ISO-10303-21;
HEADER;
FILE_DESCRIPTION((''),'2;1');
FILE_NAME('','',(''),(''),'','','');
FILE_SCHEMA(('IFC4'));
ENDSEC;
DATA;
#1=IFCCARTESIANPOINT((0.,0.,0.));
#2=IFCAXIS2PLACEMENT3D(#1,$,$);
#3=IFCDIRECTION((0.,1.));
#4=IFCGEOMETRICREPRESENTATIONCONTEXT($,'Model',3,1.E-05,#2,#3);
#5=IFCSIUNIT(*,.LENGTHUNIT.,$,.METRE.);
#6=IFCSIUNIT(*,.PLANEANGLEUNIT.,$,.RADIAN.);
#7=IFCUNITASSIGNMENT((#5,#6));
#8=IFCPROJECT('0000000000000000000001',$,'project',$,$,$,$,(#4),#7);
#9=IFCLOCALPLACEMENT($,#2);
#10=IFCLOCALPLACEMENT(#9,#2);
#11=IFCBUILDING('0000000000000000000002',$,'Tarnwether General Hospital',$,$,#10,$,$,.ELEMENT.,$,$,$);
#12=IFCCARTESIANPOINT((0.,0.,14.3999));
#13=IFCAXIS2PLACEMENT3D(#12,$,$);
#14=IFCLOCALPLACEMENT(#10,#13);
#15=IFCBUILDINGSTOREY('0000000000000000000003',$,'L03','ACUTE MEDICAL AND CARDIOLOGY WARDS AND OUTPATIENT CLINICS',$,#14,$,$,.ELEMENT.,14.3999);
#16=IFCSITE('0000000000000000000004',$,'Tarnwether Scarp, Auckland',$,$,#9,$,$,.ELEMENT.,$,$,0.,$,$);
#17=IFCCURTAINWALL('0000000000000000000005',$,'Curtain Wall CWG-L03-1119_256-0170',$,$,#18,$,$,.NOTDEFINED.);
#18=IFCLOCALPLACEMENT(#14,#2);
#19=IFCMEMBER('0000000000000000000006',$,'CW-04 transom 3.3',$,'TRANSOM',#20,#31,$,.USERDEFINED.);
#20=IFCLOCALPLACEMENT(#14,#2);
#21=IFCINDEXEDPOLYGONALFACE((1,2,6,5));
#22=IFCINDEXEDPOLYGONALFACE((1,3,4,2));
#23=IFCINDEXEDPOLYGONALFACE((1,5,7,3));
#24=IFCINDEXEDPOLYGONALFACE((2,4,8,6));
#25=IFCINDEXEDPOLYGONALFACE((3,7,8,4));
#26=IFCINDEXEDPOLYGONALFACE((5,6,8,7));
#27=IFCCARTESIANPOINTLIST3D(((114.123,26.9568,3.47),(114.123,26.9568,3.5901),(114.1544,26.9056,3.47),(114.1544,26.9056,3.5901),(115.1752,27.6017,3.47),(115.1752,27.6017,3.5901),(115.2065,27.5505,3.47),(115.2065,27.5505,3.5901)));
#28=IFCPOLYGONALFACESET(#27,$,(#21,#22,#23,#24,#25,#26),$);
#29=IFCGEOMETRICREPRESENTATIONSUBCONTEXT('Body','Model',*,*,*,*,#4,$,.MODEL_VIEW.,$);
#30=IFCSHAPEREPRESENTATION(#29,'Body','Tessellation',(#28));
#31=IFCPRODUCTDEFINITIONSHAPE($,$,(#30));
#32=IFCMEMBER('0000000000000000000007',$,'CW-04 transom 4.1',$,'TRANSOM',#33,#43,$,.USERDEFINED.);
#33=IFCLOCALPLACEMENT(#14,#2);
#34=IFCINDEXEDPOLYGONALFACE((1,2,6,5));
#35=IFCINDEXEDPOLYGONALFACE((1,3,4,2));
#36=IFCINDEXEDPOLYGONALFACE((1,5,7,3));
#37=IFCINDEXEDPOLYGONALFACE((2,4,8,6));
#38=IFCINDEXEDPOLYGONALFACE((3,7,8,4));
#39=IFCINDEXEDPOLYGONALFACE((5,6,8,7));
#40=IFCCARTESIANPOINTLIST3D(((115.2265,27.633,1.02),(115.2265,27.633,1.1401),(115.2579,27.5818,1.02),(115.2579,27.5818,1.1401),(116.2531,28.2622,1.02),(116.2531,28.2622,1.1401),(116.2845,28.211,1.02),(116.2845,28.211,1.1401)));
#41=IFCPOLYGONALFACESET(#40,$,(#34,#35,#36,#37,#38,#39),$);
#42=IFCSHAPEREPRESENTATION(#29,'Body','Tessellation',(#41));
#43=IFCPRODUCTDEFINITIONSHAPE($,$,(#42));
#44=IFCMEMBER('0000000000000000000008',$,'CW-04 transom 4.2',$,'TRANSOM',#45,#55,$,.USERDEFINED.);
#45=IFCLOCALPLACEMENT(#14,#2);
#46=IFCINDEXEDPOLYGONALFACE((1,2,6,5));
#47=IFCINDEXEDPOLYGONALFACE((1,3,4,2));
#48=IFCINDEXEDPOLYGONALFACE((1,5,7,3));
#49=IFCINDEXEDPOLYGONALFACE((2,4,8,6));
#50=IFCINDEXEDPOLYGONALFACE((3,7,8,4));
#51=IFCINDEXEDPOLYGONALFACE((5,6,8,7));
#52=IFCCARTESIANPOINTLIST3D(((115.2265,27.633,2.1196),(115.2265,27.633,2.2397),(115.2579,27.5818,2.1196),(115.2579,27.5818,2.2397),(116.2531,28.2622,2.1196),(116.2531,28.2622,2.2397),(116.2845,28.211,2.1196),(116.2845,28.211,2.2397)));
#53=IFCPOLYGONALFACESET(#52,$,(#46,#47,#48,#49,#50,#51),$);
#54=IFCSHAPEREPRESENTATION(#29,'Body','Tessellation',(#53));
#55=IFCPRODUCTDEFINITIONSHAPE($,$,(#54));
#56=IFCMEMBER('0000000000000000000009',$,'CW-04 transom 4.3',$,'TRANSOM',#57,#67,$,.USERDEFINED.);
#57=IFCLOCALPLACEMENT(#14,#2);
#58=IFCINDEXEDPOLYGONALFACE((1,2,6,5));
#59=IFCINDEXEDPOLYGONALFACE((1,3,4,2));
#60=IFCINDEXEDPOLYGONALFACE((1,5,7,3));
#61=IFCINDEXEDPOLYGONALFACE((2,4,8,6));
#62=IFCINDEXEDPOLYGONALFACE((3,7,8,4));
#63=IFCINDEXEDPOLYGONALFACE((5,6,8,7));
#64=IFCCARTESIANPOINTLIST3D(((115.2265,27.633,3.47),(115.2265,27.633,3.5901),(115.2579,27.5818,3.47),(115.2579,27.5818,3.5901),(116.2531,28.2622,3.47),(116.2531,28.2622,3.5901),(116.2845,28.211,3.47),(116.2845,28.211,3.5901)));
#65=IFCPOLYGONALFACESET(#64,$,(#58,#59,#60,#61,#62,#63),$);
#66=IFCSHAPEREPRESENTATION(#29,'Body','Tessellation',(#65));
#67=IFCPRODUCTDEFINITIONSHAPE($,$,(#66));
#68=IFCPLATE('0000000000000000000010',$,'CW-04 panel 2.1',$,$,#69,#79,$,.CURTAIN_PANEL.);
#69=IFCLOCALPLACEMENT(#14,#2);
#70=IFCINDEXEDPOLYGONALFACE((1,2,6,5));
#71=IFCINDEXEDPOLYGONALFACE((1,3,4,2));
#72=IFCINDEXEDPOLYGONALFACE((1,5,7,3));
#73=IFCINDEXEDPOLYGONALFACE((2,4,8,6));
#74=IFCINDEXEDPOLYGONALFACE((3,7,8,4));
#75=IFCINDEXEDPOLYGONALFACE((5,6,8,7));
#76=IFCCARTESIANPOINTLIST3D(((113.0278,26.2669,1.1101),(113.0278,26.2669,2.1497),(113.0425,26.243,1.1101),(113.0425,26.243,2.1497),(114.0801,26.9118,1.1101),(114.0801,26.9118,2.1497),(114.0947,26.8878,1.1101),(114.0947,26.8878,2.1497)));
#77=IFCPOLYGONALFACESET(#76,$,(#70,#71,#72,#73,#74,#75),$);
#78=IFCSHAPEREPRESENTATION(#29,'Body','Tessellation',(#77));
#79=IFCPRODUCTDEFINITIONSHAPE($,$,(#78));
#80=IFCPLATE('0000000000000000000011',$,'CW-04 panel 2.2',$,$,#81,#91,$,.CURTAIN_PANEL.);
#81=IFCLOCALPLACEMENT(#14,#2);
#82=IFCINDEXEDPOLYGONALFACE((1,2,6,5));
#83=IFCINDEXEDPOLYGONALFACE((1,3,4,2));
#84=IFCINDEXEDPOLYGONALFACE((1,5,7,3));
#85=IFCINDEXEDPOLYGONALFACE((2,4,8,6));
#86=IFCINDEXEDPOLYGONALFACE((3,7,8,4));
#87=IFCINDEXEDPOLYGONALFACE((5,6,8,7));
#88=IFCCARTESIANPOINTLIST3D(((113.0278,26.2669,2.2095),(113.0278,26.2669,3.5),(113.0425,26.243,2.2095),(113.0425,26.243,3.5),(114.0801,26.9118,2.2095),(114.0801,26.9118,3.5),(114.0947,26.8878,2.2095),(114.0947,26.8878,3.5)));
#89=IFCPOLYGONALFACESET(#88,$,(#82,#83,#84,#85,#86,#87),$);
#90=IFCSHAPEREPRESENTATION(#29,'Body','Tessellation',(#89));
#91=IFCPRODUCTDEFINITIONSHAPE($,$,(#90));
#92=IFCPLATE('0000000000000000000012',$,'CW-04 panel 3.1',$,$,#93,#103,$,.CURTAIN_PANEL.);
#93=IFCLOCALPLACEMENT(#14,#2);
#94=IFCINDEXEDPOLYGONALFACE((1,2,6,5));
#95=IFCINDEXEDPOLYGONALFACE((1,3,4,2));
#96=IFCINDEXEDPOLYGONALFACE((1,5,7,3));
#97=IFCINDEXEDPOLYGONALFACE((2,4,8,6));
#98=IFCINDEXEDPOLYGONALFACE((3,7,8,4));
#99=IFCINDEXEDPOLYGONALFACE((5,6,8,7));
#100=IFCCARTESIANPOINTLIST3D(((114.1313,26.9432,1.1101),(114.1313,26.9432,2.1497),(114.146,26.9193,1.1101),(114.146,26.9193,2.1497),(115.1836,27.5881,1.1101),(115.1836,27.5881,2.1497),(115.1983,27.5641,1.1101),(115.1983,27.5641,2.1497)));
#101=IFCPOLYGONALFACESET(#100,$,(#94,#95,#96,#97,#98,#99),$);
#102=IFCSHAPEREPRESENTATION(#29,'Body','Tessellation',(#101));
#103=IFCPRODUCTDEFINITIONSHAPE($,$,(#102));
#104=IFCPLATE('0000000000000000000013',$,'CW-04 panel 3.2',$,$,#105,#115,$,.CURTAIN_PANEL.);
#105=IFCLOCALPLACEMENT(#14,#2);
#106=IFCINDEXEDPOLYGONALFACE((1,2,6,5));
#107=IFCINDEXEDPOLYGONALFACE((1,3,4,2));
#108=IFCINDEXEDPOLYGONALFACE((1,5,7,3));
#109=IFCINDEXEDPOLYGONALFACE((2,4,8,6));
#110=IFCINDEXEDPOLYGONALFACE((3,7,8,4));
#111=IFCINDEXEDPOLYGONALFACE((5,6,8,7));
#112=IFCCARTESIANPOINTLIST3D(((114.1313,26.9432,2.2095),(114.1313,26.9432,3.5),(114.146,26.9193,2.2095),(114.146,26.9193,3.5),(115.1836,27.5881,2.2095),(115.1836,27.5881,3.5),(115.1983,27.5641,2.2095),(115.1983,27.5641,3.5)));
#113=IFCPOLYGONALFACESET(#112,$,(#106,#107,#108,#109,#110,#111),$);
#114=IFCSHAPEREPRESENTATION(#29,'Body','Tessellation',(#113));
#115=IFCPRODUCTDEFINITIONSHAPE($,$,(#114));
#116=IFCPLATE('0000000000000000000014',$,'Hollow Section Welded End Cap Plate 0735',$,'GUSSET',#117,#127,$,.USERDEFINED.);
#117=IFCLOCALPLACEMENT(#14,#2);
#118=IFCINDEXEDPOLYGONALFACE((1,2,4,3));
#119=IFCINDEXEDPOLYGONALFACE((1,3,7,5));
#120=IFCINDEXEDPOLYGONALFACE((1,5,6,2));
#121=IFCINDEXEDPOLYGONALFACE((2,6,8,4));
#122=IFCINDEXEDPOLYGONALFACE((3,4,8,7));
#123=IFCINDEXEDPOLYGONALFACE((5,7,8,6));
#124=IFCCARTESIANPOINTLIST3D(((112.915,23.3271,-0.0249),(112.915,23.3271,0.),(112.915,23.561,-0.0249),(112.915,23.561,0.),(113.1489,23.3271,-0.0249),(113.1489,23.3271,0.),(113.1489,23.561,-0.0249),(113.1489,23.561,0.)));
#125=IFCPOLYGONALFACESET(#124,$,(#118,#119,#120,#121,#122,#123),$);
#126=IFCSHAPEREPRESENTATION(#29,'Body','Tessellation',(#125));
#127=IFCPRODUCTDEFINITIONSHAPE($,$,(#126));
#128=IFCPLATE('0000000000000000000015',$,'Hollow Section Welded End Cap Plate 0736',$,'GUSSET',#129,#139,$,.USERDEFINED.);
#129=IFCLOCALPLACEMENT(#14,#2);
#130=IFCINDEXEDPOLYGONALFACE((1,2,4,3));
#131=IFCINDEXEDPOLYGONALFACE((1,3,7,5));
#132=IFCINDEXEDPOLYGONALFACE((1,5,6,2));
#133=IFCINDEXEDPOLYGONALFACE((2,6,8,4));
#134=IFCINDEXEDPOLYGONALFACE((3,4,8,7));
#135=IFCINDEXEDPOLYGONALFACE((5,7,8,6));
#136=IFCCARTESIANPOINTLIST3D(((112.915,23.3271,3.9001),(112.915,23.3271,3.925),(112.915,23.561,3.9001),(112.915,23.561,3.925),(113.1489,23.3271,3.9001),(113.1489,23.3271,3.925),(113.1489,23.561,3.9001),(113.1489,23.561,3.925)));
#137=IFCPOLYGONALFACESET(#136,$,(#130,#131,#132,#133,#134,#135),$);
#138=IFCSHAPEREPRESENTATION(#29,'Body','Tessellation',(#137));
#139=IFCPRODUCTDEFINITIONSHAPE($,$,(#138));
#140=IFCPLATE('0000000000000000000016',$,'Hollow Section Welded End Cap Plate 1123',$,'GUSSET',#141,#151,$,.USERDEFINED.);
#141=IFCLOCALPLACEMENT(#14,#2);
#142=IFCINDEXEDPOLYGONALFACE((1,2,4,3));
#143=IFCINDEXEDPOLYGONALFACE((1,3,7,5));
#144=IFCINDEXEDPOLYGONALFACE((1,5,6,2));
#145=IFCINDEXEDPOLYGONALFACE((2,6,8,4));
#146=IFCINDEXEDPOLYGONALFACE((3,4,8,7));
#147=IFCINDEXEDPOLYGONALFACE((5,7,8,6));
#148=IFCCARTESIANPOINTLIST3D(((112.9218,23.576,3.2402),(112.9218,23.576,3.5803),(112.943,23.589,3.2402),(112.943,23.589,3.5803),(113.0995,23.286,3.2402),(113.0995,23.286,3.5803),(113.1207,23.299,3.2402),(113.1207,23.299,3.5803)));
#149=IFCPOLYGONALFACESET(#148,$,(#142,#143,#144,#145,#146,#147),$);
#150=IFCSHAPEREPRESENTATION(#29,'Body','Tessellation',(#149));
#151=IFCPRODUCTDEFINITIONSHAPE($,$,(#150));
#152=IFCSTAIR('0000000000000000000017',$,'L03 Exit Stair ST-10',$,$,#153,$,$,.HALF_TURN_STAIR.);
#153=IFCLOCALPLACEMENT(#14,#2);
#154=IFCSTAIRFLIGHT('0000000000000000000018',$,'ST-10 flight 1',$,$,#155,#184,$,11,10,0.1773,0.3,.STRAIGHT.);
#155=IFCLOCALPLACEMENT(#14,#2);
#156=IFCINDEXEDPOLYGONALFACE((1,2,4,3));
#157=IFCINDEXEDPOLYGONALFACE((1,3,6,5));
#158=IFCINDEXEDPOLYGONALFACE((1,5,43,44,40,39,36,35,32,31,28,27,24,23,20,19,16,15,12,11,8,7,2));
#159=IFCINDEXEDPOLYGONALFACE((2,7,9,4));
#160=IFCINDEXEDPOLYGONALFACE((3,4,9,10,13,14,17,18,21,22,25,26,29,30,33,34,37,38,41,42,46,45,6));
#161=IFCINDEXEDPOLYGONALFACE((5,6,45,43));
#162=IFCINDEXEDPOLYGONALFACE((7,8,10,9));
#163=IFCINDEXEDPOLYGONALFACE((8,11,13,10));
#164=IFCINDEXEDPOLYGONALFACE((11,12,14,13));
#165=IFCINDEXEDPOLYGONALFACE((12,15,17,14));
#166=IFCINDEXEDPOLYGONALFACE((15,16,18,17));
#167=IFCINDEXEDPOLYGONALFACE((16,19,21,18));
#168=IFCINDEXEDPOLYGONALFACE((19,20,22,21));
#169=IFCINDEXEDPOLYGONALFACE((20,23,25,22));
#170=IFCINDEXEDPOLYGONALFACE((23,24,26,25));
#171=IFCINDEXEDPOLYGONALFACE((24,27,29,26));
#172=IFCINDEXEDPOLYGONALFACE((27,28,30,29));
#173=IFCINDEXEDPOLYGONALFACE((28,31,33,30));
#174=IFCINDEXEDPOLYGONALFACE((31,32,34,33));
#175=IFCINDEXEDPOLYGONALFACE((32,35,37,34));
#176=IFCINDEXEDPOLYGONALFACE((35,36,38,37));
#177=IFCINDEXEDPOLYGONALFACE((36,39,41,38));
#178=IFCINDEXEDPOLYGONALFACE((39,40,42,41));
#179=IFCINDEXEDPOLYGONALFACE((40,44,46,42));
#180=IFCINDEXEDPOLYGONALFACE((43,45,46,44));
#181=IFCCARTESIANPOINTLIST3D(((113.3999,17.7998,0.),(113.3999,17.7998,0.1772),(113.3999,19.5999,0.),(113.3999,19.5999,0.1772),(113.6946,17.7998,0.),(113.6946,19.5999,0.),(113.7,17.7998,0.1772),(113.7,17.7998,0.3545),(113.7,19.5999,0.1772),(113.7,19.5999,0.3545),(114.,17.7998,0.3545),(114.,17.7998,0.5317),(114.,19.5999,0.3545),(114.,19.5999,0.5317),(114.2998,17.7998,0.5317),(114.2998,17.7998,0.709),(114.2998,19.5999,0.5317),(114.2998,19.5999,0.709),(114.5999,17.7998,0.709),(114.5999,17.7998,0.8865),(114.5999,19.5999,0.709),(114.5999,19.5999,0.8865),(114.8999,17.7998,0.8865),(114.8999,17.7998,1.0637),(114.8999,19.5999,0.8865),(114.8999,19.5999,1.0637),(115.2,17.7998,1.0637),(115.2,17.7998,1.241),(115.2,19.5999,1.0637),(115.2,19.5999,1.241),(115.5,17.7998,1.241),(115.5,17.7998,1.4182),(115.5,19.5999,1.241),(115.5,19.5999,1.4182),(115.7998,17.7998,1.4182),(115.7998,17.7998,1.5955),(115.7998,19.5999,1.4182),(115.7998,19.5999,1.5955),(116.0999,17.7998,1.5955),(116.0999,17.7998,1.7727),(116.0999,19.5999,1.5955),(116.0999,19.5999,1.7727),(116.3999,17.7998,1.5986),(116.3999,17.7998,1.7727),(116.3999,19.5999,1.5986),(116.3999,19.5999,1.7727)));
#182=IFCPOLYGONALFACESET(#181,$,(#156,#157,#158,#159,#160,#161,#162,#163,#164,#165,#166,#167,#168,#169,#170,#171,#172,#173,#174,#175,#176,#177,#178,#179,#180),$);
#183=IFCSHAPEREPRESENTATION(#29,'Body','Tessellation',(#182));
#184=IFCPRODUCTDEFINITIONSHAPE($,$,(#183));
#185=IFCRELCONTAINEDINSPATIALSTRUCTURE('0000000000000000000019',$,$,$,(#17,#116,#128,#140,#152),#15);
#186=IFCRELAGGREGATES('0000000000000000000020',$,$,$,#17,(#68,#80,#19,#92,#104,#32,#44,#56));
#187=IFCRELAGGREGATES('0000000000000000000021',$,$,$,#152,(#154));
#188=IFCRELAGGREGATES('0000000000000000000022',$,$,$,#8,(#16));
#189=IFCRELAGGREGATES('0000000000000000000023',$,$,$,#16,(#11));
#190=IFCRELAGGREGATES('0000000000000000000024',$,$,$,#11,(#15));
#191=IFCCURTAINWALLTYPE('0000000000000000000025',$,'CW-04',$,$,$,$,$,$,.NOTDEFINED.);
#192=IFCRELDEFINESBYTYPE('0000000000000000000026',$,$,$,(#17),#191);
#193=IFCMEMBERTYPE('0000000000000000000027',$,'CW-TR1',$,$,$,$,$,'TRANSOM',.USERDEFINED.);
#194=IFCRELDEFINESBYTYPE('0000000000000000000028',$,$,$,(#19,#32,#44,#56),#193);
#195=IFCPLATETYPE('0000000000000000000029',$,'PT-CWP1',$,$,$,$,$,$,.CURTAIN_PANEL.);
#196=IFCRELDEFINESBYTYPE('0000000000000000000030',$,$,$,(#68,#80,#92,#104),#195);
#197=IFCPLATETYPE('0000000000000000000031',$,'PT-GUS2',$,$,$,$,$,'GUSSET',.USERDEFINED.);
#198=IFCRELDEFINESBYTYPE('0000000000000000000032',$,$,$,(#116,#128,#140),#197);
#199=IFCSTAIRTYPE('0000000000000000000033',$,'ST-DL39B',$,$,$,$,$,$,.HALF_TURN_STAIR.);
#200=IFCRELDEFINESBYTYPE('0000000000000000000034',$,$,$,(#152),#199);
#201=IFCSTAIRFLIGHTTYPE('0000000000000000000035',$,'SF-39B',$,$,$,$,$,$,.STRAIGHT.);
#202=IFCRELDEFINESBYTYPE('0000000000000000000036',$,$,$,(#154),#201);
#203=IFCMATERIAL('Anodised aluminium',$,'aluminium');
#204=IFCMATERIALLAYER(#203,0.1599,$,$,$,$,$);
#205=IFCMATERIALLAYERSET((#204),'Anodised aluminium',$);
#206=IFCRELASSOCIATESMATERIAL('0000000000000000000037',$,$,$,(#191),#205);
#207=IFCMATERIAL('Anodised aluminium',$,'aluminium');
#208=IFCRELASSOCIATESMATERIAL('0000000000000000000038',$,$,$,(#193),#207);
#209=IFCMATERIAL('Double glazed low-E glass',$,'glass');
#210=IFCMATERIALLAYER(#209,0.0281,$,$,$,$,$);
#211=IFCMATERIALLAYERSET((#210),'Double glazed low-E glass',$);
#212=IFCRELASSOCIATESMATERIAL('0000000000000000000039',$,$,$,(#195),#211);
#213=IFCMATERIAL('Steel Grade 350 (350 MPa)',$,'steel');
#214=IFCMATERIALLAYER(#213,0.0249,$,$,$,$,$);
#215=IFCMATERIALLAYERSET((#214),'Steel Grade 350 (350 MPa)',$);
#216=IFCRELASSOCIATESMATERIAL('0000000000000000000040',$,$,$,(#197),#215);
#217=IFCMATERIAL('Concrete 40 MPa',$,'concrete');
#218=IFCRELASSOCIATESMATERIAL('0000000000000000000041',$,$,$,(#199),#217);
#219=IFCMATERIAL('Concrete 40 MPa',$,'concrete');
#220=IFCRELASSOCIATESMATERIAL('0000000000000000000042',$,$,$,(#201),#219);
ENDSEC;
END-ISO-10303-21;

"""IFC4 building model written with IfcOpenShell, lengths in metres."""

from ifc_helpers import new_model, si_unit, direction, frame, origin, origin_2d, place, context, subcontext, project, spatial, polyline, rectangle, outline, extrude, material, layer, layer_set, material_profile, profile_set, type_object, element, aggregate, save


model = new_model("IFC4")

# Units and contexts
model_context = context("Model", 3, precision=1e-05, world=origin(), true_north=direction((0.0, 1.0)))
body_context = subcontext(model_context, "Body", "Model", "MODEL_VIEW")
ifc_project = project(units=[si_unit("LENGTHUNIT", "METRE"), si_unit("PLANEANGLEUNIT", "RADIAN")], contexts=[model_context])

# Site, building, storey
site_placement = place(None, origin())
site = spatial("IfcSite", under=ifc_project, at=site_placement, Name="Tarnwether Scarp, Auckland", CompositionType="ELEMENT", RefElevation=0.0)
building_placement = place(site_placement, origin())
building = spatial("IfcBuilding", under=site, at=building_placement, Name="Tarnwether General Hospital", CompositionType="ELEMENT")
storey_placement = place(building_placement, frame((0.0, 0.0, 14.3999)))
storey = spatial("IfcBuildingStorey", under=building, at=storey_placement, Name="L03", Description="ACUTE MEDICAL AND CARDIOLOGY WARDS AND OUTPATIENT CLINICS", CompositionType="ELEMENT", Elevation=14.3999)

# Curtain wall, members, plates
ifc_material_1 = material(Name="Anodised aluminium", Category="aluminium")
ifc_layer_1 = layer(ifc_material_1, 0.1599)
ifc_layer_set_1 = layer_set([ifc_layer_1], Name="Anodised aluminium")
curtain_wall_type = type_object("IfcCurtainWallType", Name="CW-04", PredefinedType="NOTDEFINED", material=ifc_layer_set_1)
curtain_wall_placement = place(storey_placement, origin())
curtain_wall = element("IfcCurtainWall", 1, at=curtain_wall_placement, inside=storey, type_object=curtain_wall_type, Name="Curtain Wall CWG-L03-1119_256-0170", PredefinedType="NOTDEFINED")
ifc_material_2 = material(Name="Anodised aluminium", Category="aluminium")
ifc_material_profile_1 = material_profile(ifc_material_2, rectangle(XDim=0.0601, YDim=0.1201, at=origin_2d()), Name="ALU-TRN-60x120")
ifc_profile_set_1 = profile_set([ifc_material_profile_1], Name="Anodised aluminium")
member_type_1 = type_object("IfcMemberType", Name="CW-TR1", ElementType="TRANSOM", PredefinedType="USERDEFINED", material=ifc_profile_set_1)
member_1_placement = place(storey_placement, frame((114.1387, 26.9312, 3.53), z_axis=(0.852567, 0.522618, 0.0), x_axis=(-0.522618, 0.852567, 0.0)))
member_1 = element("IfcMember", 2, at=member_1_placement, type_object=member_type_1, Name="CW-04 transom 3.3", ObjectType="TRANSOM", PredefinedType="USERDEFINED", context=body_context, shape_type="SweptSolid", body=[
    extrude(rectangle(XDim=0.0601, YDim=0.1201, at=origin_2d()), origin(), (0.0, 0.0, 1.0), 1.2341),
])
member_2_placement = place(storey_placement, frame((115.2422, 27.6074, 1.0801), z_axis=(0.852625, 0.522524, 0.0), x_axis=(-0.522524, 0.852625, 0.0)))
member_2 = element("IfcMember", 3, at=member_2_placement, type_object=member_type_1, Name="CW-04 transom 4.1", ObjectType="TRANSOM", PredefinedType="USERDEFINED", context=body_context, shape_type="SweptSolid", body=[
    extrude(rectangle(XDim=0.0601, YDim=0.1201, at=origin_2d()), origin(), (0.0, 0.0, 1.0), 1.2041),
])
member_3_placement = place(storey_placement, frame((115.2422, 27.6074, 2.1797), z_axis=(0.852625, 0.522524, 0.0), x_axis=(-0.522524, 0.852625, 0.0)))
member_3 = element("IfcMember", 4, at=member_3_placement, type_object=member_type_1, Name="CW-04 transom 4.2", ObjectType="TRANSOM", PredefinedType="USERDEFINED", context=body_context, shape_type="SweptSolid", body=[
    extrude(rectangle(XDim=0.0601, YDim=0.1201, at=origin_2d()), origin(), (0.0, 0.0, 1.0), 1.2041),
])
member_4_placement = place(storey_placement, frame((115.2422, 27.6074, 3.53), z_axis=(0.852625, 0.522524, 0.0), x_axis=(-0.522524, 0.852625, 0.0)))
member_4 = element("IfcMember", 5, at=member_4_placement, type_object=member_type_1, Name="CW-04 transom 4.3", ObjectType="TRANSOM", PredefinedType="USERDEFINED", context=body_context, shape_type="SweptSolid", body=[
    extrude(rectangle(XDim=0.0601, YDim=0.1201, at=origin_2d()), origin(), (0.0, 0.0, 1.0), 1.2041),
])
ifc_material_3 = material(Name="Double glazed low-E glass", Category="glass")
ifc_layer_2 = layer(ifc_material_3, 0.0281)
ifc_layer_set_2 = layer_set([ifc_layer_2], Name="Double glazed low-E glass")
plate_type_1 = type_object("IfcPlateType", Name="PT-CWP1", PredefinedType="CURTAIN_PANEL", material=ifc_layer_set_2)
plate_1_placement = place(storey_placement, frame((113.5613, 26.5774, 1.1101), z_axis=(0.0, 0.0, 1.0), x_axis=(0.852632, 0.522512, 0.0)))
plate_1 = element("IfcPlate", 6, at=plate_1_placement, type_object=plate_type_1, Name="CW-04 panel 2.1", PredefinedType="CURTAIN_PANEL", context=body_context, shape_type="SweptSolid", body=[
    extrude(rectangle(XDim=1.2341, YDim=0.0281, at=origin_2d()), origin(), (0.0, 0.0, 1.0), 1.0396),
])
plate_2_placement = place(storey_placement, frame((113.5613, 26.5774, 2.2095), z_axis=(0.0, 0.0, 1.0), x_axis=(0.852632, 0.522512, 0.0)))
plate_2 = element("IfcPlate", 7, at=plate_2_placement, type_object=plate_type_1, Name="CW-04 panel 2.2", PredefinedType="CURTAIN_PANEL", context=body_context, shape_type="SweptSolid", body=[
    extrude(rectangle(XDim=1.2341, YDim=0.0281, at=origin_2d()), origin(), (0.0, 0.0, 1.0), 1.2905),
])
plate_3_placement = place(storey_placement, frame((114.6648, 27.2537, 1.1101), z_axis=(0.0, 0.0, 1.0), x_axis=(0.852632, 0.522512, 0.0)))
plate_3 = element("IfcPlate", 8, at=plate_3_placement, type_object=plate_type_1, Name="CW-04 panel 3.1", PredefinedType="CURTAIN_PANEL", context=body_context, shape_type="SweptSolid", body=[
    extrude(rectangle(XDim=1.2341, YDim=0.0281, at=origin_2d()), origin(), (0.0, 0.0, 1.0), 1.0396),
])
plate_4_placement = place(storey_placement, frame((114.6648, 27.2537, 2.2095), z_axis=(0.0, 0.0, 1.0), x_axis=(0.852632, 0.522512, 0.0)))
plate_4 = element("IfcPlate", 9, at=plate_4_placement, type_object=plate_type_1, Name="CW-04 panel 3.2", PredefinedType="CURTAIN_PANEL", context=body_context, shape_type="SweptSolid", body=[
    extrude(rectangle(XDim=1.2341, YDim=0.0281, at=origin_2d()), origin(), (0.0, 0.0, 1.0), 1.2905),
])
aggregate(curtain_wall, [plate_1, plate_2, member_1, plate_3, plate_4, member_2, member_3, member_4])

# Plates
ifc_material_4 = material(Name="Steel Grade 350 (350 MPa)", Category="steel")
ifc_layer_3 = layer(ifc_material_4, 0.0249)
ifc_layer_set_3 = layer_set([ifc_layer_3], Name="Steel Grade 350 (350 MPa)")
plate_type_2 = type_object("IfcPlateType", Name="PT-GUS2", ElementType="GUSSET", PredefinedType="USERDEFINED", material=ifc_layer_set_3)
for number, where, z_axis, x_axis, name in (
    (10, (113.032, 23.4441, -0.0249), (0.0, 0.0, 1.0), (1.0, 0.0, 0.0), "Hollow Section Welded End Cap Plate 0735"),
    (11, (113.032, 23.4441, 3.9001), (0.0, 0.0, 1.0), (1.0, 0.0, 0.0), "Hollow Section Welded End Cap Plate 0736"),
):
    element("IfcPlate", number, at=place(storey_placement, frame(where, z_axis=z_axis, x_axis=x_axis)), inside=storey, type_object=plate_type_2, Name=name, ObjectType="GUSSET", PredefinedType="USERDEFINED", context=body_context, shape_type="SweptSolid", body=[
        extrude(rectangle(XDim=0.2339, YDim=0.2339, at=origin_2d()), origin(), (0.0, 0.0, 1.0), 0.0249),
    ])
plate_5_placement = place(storey_placement, frame((113.0212, 23.4375, 3.2402), z_axis=(0.0, 0.0, 1.0), x_axis=(0.852649, 0.522484, 0.0)))
element("IfcPlate", 12, at=plate_5_placement, inside=storey, type_object=plate_type_2, Name="Hollow Section Welded End Cap Plate 1123", ObjectType="GUSSET", PredefinedType="USERDEFINED", context=body_context, shape_type="SweptSolid", body=[
    extrude(rectangle(XDim=0.0249, YDim=0.3401, at=origin_2d()), origin(), (0.0, 0.0, 1.0), 0.3401),
])

# Stair, stair flight
ifc_material_5 = material(Name="Concrete 40 MPa", Category="concrete")
stair_type = type_object("IfcStairType", Name="ST-DL39B", PredefinedType="HALF_TURN_STAIR", material=ifc_material_5)
stair_placement = place(storey_placement, origin())
stair = element("IfcStair", 13, at=stair_placement, inside=storey, type_object=stair_type, Name="L03 Exit Stair ST-10", PredefinedType="HALF_TURN_STAIR")
ifc_material_6 = material(Name="Concrete 40 MPa", Category="concrete")
stair_flight_type = type_object("IfcStairFlightType", Name="SF-39B", PredefinedType="STRAIGHT", material=ifc_material_6)
stair_flight_placement = place(storey_placement, frame((113.3999, 18.7, 0.0), z_axis=(0.0, 0.0, 1.0), x_axis=(1.0, 0.0, 0.0)))
stair_flight = element("IfcStairFlight", 14, at=stair_flight_placement, type_object=stair_flight_type, Name="ST-10 flight 1", NumberOfRisers=11, NumberOfTreads=10, PredefinedType="STRAIGHT", RiserHeight=0.1773, TreadLength=0.3, context=body_context, shape_type="SweptSolid", body=[
    extrude(outline(polyline([(0.0, 0.0), (0.0, 0.1772), (0.3, 0.1772), (0.3, 0.3545), (0.6001, 0.3545), (0.6001, 0.5317), (0.8999, 0.5317), (0.8999, 0.709), (1.2, 0.709), (1.2, 0.8865), (1.5, 0.8865), (1.5, 1.0637), (1.8, 1.0637), (1.8, 1.241), (2.1001, 1.241), (2.1001, 1.4182), (2.3999, 1.4182), (2.3999, 1.5955), (2.7, 1.5955), (2.7, 1.7727), (3.0, 1.7727), (3.0, 1.95), (3.0, 1.5986), (0.2947, 0.0), (0.0, 0.0)])), frame((0.0, 0.8999, 0.0), z_axis=(0.0, -1.0, 0.0), x_axis=(1.0, 0.0, 0.0)), (0.0, 0.0, 1.0), 1.8),
])
aggregate(stair, [stair_flight])

save(model, "model.ifc")
